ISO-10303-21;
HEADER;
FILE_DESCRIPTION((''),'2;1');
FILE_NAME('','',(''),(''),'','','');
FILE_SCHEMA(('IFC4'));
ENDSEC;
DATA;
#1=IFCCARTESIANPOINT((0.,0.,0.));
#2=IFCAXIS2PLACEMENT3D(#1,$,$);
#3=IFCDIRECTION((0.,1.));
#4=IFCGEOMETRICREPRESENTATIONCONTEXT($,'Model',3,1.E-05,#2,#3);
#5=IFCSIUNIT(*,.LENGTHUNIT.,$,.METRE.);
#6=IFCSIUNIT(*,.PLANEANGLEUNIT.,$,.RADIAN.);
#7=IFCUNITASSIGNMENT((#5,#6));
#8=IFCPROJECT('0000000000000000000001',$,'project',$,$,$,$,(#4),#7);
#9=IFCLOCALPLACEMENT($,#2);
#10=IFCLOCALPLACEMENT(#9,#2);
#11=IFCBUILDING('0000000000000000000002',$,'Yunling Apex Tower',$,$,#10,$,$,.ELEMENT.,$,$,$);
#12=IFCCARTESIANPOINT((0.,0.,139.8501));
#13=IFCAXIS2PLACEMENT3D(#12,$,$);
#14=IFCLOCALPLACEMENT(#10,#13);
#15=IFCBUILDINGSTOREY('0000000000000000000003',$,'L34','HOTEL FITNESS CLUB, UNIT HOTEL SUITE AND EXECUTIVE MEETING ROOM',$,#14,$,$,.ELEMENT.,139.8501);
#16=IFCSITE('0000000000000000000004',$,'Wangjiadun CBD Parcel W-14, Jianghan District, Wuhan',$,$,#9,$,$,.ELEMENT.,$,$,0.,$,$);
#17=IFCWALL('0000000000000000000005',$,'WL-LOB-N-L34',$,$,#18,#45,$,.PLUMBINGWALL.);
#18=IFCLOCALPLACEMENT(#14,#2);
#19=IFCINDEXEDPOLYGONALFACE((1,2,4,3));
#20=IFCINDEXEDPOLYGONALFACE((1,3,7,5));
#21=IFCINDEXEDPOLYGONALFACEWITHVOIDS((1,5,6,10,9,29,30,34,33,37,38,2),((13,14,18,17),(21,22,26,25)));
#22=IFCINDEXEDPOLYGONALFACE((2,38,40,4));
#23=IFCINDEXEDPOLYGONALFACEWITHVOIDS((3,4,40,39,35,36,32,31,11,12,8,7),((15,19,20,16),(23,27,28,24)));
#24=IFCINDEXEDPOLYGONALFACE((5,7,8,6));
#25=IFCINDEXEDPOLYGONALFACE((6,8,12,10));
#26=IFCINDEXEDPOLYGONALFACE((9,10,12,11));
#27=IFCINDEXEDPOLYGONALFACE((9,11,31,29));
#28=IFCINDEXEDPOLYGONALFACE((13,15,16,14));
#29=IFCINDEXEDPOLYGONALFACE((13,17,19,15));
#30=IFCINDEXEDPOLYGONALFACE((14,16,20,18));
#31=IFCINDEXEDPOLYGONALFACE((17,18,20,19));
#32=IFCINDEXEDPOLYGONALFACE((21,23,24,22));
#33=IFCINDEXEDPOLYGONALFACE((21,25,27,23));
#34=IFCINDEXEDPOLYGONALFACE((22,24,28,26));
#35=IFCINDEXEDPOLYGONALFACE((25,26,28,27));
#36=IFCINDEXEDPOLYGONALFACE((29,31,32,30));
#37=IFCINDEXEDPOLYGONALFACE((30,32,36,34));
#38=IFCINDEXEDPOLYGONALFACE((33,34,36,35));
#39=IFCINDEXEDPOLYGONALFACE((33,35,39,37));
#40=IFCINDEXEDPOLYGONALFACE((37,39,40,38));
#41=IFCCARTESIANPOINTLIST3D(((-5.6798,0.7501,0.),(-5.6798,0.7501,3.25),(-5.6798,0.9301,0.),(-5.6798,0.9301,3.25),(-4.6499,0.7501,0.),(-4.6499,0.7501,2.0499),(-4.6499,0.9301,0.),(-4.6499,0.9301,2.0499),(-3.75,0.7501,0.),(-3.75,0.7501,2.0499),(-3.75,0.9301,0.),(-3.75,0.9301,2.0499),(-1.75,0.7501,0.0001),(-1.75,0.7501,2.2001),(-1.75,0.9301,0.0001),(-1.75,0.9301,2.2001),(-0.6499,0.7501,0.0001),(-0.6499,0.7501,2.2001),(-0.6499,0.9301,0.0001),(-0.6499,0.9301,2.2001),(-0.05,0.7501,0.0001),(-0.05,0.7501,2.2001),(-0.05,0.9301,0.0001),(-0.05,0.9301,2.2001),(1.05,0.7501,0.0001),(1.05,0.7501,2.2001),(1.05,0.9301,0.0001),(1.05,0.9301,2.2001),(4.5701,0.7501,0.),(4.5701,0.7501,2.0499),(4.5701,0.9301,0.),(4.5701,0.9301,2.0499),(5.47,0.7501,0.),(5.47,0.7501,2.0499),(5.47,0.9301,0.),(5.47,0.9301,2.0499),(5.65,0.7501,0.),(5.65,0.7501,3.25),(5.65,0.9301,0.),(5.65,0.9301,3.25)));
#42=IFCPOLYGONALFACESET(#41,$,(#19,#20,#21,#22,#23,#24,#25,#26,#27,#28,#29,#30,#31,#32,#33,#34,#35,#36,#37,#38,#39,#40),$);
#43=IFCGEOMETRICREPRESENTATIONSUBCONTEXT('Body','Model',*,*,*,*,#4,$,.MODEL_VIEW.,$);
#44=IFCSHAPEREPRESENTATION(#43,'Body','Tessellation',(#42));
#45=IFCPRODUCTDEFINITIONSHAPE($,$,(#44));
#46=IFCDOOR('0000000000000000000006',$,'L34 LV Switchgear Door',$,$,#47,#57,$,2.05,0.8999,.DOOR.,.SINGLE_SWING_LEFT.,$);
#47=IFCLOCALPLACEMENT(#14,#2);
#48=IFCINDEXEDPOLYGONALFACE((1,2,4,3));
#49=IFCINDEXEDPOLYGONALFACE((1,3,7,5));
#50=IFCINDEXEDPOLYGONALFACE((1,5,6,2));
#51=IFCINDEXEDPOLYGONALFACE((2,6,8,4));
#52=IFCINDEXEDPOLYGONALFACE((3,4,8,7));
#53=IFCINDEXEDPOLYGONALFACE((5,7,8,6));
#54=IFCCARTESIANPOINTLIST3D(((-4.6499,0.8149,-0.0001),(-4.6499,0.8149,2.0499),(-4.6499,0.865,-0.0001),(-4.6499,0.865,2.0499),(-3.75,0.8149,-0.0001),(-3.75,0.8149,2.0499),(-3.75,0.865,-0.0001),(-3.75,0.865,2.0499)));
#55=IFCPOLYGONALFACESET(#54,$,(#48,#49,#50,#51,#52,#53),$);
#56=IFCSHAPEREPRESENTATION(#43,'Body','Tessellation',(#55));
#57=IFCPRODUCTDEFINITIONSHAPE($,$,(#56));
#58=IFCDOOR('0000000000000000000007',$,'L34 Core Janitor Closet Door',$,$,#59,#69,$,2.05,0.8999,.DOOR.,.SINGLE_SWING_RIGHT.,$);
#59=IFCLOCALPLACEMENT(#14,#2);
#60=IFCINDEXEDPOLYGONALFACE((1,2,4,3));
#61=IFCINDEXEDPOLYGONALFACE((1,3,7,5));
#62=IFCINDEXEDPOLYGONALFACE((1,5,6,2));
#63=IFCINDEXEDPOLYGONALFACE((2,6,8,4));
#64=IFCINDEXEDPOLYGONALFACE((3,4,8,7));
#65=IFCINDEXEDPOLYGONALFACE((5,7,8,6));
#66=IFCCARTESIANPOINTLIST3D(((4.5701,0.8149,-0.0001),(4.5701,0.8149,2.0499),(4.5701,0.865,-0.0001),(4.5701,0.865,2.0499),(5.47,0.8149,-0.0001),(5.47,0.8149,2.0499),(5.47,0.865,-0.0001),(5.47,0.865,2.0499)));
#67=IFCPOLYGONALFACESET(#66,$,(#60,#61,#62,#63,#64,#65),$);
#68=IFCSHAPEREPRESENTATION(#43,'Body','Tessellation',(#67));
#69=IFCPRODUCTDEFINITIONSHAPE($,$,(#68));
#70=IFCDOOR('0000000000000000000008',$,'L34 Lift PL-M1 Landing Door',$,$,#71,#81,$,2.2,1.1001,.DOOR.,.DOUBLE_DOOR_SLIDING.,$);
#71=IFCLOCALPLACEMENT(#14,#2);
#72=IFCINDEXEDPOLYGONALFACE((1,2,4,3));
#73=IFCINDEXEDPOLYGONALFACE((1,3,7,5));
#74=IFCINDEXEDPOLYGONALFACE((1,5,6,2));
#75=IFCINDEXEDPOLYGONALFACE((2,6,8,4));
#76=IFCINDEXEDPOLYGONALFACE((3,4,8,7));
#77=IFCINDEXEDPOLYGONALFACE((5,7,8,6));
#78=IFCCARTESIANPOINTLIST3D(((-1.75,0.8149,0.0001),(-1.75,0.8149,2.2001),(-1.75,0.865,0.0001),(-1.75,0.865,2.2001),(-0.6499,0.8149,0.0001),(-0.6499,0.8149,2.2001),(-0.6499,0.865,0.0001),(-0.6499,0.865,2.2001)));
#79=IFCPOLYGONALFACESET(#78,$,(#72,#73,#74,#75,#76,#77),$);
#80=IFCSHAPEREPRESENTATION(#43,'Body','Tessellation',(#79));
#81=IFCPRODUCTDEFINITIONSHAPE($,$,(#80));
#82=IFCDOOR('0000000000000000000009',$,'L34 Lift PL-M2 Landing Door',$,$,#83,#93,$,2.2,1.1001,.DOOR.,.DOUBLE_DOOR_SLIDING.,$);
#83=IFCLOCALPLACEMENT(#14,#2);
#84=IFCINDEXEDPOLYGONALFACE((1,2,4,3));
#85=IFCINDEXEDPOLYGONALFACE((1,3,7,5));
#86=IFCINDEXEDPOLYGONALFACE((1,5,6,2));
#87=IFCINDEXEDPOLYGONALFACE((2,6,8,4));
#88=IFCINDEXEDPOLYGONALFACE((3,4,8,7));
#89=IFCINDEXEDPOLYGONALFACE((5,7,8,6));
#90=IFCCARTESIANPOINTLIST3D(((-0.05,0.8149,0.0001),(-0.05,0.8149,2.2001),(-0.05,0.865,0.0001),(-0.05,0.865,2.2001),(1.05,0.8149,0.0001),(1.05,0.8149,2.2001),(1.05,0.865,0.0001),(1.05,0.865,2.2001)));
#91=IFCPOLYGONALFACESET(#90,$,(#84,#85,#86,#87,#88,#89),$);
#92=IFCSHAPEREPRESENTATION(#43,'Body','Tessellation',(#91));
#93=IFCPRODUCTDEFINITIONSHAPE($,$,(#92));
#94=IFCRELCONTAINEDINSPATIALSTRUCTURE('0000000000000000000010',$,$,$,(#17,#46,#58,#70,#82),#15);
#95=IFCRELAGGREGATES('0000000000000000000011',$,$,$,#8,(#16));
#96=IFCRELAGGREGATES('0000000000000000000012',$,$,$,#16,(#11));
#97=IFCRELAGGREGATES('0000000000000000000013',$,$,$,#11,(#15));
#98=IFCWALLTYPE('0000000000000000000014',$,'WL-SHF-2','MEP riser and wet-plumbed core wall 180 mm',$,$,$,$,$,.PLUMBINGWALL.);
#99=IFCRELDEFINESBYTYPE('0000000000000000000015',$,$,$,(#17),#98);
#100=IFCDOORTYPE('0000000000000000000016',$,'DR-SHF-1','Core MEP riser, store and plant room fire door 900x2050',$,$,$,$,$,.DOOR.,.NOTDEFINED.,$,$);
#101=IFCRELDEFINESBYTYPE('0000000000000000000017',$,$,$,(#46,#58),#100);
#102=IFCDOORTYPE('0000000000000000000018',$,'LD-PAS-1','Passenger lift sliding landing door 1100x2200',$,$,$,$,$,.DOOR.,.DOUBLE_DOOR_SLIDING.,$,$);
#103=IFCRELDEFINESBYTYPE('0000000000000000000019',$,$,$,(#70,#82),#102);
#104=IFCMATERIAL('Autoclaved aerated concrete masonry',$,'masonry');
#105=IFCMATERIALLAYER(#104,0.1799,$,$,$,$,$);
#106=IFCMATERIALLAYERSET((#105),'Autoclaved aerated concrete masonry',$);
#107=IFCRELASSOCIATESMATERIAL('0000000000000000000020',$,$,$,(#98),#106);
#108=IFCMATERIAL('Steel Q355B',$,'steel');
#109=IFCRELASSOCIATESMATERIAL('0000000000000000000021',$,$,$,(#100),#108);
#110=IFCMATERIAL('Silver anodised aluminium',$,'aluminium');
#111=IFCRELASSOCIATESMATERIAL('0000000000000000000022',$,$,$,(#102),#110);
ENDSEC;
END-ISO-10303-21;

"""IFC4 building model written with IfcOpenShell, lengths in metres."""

from ifc_helpers import new_model, si_unit, direction, frame, frame_2d, origin, place, context, subcontext, project, spatial, rectangle, extrude, material, layer, layer_set, type_object, element, fill, save


model = new_model("IFC4")

# Units and contexts
model_context = context("Model", 3, precision=1e-05, world=origin(), true_north=direction((0.0, 1.0)))
body_context = subcontext(model_context, "Body", "Model", "MODEL_VIEW")
ifc_project = project(units=[si_unit("LENGTHUNIT", "METRE"), si_unit("PLANEANGLEUNIT", "RADIAN")], contexts=[model_context])

# Site, building, storey
site_placement = place(None, origin())
site = spatial("IfcSite", under=ifc_project, at=site_placement, Name="Wangjiadun CBD Parcel W-14, Jianghan District, Wuhan", CompositionType="ELEMENT", RefElevation=0.0)
building_placement = place(site_placement, origin())
building = spatial("IfcBuilding", under=site, at=building_placement, Name="Yunling Apex Tower", CompositionType="ELEMENT")
storey_placement = place(building_placement, frame((0.0, 0.0, 139.8501)))
storey = spatial("IfcBuildingStorey", under=building, at=storey_placement, Name="L34", Description="HOTEL FITNESS CLUB, UNIT HOTEL SUITE AND EXECUTIVE MEETING ROOM", CompositionType="ELEMENT", Elevation=139.8501)

# Shared definitions
ifc_material_1 = material(Name="Steel Q355B", Category="steel")

# Shared definitions
ifc_material_2 = material(Name="Autoclaved aerated concrete masonry", Category="masonry")

# Wall, openings, doors
ifc_layer_1 = layer(ifc_material_2, 0.1799)
ifc_layer_set_1 = layer_set([ifc_layer_1], Name="Autoclaved aerated concrete masonry")
wall_type_1 = type_object("IfcWallType", Name="WL-SHF-2", Description="MEP riser and wet-plumbed core wall 180 mm", PredefinedType="PLUMBINGWALL", material=ifc_layer_set_1)
wall_1_placement = place(storey_placement, frame((-5.6799, 0.8401, 0.0), z_axis=(0.0, 0.0, 1.0), x_axis=(1.0, 0.0, 0.0)))
wall_1 = element("IfcWall", 1, at=wall_1_placement, inside=storey, type_object=wall_type_1, Name="WL-LOB-N-L34", PredefinedType="PLUMBINGWALL", context=body_context, shape_type="SweptSolid", body=[
    extrude(rectangle(XDim=11.3298, YDim=0.1799, at=frame_2d((5.665, 0.0))), origin(), (0.0, 0.0, 1.0), 3.25),
])
opening_1_placement = place(wall_1_placement, frame((1.03, 0.0, 0.0)))
opening_1 = element("IfcOpeningElement", 2, at=opening_1_placement, cuts=wall_1, PredefinedType="OPENING", context=body_context, shape_type="SweptSolid", body=[
    extrude(rectangle(XDim=0.8999, YDim=2.05, at=frame_2d((0.45, 1.0249))), frame((0.0, 0.1001, 0.0), z_axis=(0.0, -1.0, 0.0), x_axis=(1.0, 0.0, 0.0)), (0.0, 0.0, 1.0), 0.2),
])
opening_2_placement = place(wall_1_placement, frame((3.9299, 0.0, 0.0)))
opening_2 = element("IfcOpeningElement", 3, at=opening_2_placement, cuts=wall_1, PredefinedType="OPENING", context=body_context, shape_type="SweptSolid", body=[
    extrude(rectangle(XDim=1.1001, YDim=2.2, at=frame_2d((0.55, 1.1001))), frame((0.0, 0.1001, 0.0), z_axis=(0.0, -1.0, 0.0), x_axis=(1.0, 0.0, 0.0)), (0.0, 0.0, 1.0), 0.2),
])
opening_3_placement = place(wall_1_placement, frame((5.6299, 0.0, 0.0)))
opening_3 = element("IfcOpeningElement", 4, at=opening_3_placement, cuts=wall_1, PredefinedType="OPENING", context=body_context, shape_type="SweptSolid", body=[
    extrude(rectangle(XDim=1.1001, YDim=2.2, at=frame_2d((0.55, 1.1001))), frame((0.0, 0.1001, 0.0), z_axis=(0.0, -1.0, 0.0), x_axis=(1.0, 0.0, 0.0)), (0.0, 0.0, 1.0), 0.2),
])
opening_4_placement = place(wall_1_placement, frame((10.25, 0.0, 0.0)))
opening_4 = element("IfcOpeningElement", 5, at=opening_4_placement, cuts=wall_1, PredefinedType="OPENING", context=body_context, shape_type="SweptSolid", body=[
    extrude(rectangle(XDim=0.8999, YDim=2.05, at=frame_2d((0.45, 1.0249))), frame((0.0, 0.1001, 0.0), z_axis=(0.0, -1.0, 0.0), x_axis=(1.0, 0.0, 0.0)), (0.0, 0.0, 1.0), 0.2),
])
door_type_1 = type_object("IfcDoorType", Name="DR-SHF-1", Description="Core MEP riser, store and plant room fire door 900x2050", OperationType="NOTDEFINED", PredefinedType="DOOR", material=ifc_material_1)
door_1_placement = place(opening_1_placement, origin())
door_1 = element("IfcDoor", 6, at=door_1_placement, inside=storey, type_object=door_type_1, Name="L34 LV Switchgear Door", OperationType="SINGLE_SWING_LEFT", OverallHeight=2.05, OverallWidth=0.8999, PredefinedType="DOOR", context=body_context, shape_type="SweptSolid", body=[
    extrude(rectangle(XDim=0.8999, YDim=2.05, at=frame_2d((0.45, 1.0249))), frame((0.0, 0.0249, 0.0), z_axis=(0.0, -1.0, 0.0), x_axis=(1.0, 0.0, 0.0)), (0.0, 0.0, 1.0), 0.05),
])
fill(opening_1, door_1)
door_2_placement = place(opening_4_placement, origin())
door_2 = element("IfcDoor", 7, at=door_2_placement, inside=storey, type_object=door_type_1, Name="L34 Core Janitor Closet Door", OperationType="SINGLE_SWING_RIGHT", OverallHeight=2.05, OverallWidth=0.8999, PredefinedType="DOOR", context=body_context, shape_type="SweptSolid", body=[
    extrude(rectangle(XDim=0.8999, YDim=2.05, at=frame_2d((0.45, 1.0249))), frame((0.0, 0.0249, 0.0), z_axis=(0.0, -1.0, 0.0), x_axis=(1.0, 0.0, 0.0)), (0.0, 0.0, 1.0), 0.05),
])
fill(opening_4, door_2)
ifc_material_3 = material(Name="Silver anodised aluminium", Category="aluminium")
door_type_2 = type_object("IfcDoorType", Name="LD-PAS-1", Description="Passenger lift sliding landing door 1100x2200", OperationType="DOUBLE_DOOR_SLIDING", PredefinedType="DOOR", material=ifc_material_3)
door_3_placement = place(opening_2_placement, origin())
door_3 = element("IfcDoor", 8, at=door_3_placement, inside=storey, type_object=door_type_2, Name="L34 Lift PL-M1 Landing Door", OperationType="DOUBLE_DOOR_SLIDING", OverallHeight=2.2, OverallWidth=1.1001, PredefinedType="DOOR", context=body_context, shape_type="SweptSolid", body=[
    extrude(rectangle(XDim=1.1001, YDim=2.2, at=frame_2d((0.55, 1.1001))), frame((0.0, 0.0249, 0.0), z_axis=(0.0, -1.0, 0.0), x_axis=(1.0, 0.0, 0.0)), (0.0, 0.0, 1.0), 0.05),
])
fill(opening_2, door_3)
door_4_placement = place(opening_3_placement, origin())
door_4 = element("IfcDoor", 9, at=door_4_placement, inside=storey, type_object=door_type_2, Name="L34 Lift PL-M2 Landing Door", OperationType="DOUBLE_DOOR_SLIDING", OverallHeight=2.2, OverallWidth=1.1001, PredefinedType="DOOR", context=body_context, shape_type="SweptSolid", body=[
    extrude(rectangle(XDim=1.1001, YDim=2.2, at=frame_2d((0.55, 1.1001))), frame((0.0, 0.0249, 0.0), z_axis=(0.0, -1.0, 0.0), x_axis=(1.0, 0.0, 0.0)), (0.0, 0.0, 1.0), 0.05),
])
fill(opening_3, door_4)

save(model, "model.ifc")
